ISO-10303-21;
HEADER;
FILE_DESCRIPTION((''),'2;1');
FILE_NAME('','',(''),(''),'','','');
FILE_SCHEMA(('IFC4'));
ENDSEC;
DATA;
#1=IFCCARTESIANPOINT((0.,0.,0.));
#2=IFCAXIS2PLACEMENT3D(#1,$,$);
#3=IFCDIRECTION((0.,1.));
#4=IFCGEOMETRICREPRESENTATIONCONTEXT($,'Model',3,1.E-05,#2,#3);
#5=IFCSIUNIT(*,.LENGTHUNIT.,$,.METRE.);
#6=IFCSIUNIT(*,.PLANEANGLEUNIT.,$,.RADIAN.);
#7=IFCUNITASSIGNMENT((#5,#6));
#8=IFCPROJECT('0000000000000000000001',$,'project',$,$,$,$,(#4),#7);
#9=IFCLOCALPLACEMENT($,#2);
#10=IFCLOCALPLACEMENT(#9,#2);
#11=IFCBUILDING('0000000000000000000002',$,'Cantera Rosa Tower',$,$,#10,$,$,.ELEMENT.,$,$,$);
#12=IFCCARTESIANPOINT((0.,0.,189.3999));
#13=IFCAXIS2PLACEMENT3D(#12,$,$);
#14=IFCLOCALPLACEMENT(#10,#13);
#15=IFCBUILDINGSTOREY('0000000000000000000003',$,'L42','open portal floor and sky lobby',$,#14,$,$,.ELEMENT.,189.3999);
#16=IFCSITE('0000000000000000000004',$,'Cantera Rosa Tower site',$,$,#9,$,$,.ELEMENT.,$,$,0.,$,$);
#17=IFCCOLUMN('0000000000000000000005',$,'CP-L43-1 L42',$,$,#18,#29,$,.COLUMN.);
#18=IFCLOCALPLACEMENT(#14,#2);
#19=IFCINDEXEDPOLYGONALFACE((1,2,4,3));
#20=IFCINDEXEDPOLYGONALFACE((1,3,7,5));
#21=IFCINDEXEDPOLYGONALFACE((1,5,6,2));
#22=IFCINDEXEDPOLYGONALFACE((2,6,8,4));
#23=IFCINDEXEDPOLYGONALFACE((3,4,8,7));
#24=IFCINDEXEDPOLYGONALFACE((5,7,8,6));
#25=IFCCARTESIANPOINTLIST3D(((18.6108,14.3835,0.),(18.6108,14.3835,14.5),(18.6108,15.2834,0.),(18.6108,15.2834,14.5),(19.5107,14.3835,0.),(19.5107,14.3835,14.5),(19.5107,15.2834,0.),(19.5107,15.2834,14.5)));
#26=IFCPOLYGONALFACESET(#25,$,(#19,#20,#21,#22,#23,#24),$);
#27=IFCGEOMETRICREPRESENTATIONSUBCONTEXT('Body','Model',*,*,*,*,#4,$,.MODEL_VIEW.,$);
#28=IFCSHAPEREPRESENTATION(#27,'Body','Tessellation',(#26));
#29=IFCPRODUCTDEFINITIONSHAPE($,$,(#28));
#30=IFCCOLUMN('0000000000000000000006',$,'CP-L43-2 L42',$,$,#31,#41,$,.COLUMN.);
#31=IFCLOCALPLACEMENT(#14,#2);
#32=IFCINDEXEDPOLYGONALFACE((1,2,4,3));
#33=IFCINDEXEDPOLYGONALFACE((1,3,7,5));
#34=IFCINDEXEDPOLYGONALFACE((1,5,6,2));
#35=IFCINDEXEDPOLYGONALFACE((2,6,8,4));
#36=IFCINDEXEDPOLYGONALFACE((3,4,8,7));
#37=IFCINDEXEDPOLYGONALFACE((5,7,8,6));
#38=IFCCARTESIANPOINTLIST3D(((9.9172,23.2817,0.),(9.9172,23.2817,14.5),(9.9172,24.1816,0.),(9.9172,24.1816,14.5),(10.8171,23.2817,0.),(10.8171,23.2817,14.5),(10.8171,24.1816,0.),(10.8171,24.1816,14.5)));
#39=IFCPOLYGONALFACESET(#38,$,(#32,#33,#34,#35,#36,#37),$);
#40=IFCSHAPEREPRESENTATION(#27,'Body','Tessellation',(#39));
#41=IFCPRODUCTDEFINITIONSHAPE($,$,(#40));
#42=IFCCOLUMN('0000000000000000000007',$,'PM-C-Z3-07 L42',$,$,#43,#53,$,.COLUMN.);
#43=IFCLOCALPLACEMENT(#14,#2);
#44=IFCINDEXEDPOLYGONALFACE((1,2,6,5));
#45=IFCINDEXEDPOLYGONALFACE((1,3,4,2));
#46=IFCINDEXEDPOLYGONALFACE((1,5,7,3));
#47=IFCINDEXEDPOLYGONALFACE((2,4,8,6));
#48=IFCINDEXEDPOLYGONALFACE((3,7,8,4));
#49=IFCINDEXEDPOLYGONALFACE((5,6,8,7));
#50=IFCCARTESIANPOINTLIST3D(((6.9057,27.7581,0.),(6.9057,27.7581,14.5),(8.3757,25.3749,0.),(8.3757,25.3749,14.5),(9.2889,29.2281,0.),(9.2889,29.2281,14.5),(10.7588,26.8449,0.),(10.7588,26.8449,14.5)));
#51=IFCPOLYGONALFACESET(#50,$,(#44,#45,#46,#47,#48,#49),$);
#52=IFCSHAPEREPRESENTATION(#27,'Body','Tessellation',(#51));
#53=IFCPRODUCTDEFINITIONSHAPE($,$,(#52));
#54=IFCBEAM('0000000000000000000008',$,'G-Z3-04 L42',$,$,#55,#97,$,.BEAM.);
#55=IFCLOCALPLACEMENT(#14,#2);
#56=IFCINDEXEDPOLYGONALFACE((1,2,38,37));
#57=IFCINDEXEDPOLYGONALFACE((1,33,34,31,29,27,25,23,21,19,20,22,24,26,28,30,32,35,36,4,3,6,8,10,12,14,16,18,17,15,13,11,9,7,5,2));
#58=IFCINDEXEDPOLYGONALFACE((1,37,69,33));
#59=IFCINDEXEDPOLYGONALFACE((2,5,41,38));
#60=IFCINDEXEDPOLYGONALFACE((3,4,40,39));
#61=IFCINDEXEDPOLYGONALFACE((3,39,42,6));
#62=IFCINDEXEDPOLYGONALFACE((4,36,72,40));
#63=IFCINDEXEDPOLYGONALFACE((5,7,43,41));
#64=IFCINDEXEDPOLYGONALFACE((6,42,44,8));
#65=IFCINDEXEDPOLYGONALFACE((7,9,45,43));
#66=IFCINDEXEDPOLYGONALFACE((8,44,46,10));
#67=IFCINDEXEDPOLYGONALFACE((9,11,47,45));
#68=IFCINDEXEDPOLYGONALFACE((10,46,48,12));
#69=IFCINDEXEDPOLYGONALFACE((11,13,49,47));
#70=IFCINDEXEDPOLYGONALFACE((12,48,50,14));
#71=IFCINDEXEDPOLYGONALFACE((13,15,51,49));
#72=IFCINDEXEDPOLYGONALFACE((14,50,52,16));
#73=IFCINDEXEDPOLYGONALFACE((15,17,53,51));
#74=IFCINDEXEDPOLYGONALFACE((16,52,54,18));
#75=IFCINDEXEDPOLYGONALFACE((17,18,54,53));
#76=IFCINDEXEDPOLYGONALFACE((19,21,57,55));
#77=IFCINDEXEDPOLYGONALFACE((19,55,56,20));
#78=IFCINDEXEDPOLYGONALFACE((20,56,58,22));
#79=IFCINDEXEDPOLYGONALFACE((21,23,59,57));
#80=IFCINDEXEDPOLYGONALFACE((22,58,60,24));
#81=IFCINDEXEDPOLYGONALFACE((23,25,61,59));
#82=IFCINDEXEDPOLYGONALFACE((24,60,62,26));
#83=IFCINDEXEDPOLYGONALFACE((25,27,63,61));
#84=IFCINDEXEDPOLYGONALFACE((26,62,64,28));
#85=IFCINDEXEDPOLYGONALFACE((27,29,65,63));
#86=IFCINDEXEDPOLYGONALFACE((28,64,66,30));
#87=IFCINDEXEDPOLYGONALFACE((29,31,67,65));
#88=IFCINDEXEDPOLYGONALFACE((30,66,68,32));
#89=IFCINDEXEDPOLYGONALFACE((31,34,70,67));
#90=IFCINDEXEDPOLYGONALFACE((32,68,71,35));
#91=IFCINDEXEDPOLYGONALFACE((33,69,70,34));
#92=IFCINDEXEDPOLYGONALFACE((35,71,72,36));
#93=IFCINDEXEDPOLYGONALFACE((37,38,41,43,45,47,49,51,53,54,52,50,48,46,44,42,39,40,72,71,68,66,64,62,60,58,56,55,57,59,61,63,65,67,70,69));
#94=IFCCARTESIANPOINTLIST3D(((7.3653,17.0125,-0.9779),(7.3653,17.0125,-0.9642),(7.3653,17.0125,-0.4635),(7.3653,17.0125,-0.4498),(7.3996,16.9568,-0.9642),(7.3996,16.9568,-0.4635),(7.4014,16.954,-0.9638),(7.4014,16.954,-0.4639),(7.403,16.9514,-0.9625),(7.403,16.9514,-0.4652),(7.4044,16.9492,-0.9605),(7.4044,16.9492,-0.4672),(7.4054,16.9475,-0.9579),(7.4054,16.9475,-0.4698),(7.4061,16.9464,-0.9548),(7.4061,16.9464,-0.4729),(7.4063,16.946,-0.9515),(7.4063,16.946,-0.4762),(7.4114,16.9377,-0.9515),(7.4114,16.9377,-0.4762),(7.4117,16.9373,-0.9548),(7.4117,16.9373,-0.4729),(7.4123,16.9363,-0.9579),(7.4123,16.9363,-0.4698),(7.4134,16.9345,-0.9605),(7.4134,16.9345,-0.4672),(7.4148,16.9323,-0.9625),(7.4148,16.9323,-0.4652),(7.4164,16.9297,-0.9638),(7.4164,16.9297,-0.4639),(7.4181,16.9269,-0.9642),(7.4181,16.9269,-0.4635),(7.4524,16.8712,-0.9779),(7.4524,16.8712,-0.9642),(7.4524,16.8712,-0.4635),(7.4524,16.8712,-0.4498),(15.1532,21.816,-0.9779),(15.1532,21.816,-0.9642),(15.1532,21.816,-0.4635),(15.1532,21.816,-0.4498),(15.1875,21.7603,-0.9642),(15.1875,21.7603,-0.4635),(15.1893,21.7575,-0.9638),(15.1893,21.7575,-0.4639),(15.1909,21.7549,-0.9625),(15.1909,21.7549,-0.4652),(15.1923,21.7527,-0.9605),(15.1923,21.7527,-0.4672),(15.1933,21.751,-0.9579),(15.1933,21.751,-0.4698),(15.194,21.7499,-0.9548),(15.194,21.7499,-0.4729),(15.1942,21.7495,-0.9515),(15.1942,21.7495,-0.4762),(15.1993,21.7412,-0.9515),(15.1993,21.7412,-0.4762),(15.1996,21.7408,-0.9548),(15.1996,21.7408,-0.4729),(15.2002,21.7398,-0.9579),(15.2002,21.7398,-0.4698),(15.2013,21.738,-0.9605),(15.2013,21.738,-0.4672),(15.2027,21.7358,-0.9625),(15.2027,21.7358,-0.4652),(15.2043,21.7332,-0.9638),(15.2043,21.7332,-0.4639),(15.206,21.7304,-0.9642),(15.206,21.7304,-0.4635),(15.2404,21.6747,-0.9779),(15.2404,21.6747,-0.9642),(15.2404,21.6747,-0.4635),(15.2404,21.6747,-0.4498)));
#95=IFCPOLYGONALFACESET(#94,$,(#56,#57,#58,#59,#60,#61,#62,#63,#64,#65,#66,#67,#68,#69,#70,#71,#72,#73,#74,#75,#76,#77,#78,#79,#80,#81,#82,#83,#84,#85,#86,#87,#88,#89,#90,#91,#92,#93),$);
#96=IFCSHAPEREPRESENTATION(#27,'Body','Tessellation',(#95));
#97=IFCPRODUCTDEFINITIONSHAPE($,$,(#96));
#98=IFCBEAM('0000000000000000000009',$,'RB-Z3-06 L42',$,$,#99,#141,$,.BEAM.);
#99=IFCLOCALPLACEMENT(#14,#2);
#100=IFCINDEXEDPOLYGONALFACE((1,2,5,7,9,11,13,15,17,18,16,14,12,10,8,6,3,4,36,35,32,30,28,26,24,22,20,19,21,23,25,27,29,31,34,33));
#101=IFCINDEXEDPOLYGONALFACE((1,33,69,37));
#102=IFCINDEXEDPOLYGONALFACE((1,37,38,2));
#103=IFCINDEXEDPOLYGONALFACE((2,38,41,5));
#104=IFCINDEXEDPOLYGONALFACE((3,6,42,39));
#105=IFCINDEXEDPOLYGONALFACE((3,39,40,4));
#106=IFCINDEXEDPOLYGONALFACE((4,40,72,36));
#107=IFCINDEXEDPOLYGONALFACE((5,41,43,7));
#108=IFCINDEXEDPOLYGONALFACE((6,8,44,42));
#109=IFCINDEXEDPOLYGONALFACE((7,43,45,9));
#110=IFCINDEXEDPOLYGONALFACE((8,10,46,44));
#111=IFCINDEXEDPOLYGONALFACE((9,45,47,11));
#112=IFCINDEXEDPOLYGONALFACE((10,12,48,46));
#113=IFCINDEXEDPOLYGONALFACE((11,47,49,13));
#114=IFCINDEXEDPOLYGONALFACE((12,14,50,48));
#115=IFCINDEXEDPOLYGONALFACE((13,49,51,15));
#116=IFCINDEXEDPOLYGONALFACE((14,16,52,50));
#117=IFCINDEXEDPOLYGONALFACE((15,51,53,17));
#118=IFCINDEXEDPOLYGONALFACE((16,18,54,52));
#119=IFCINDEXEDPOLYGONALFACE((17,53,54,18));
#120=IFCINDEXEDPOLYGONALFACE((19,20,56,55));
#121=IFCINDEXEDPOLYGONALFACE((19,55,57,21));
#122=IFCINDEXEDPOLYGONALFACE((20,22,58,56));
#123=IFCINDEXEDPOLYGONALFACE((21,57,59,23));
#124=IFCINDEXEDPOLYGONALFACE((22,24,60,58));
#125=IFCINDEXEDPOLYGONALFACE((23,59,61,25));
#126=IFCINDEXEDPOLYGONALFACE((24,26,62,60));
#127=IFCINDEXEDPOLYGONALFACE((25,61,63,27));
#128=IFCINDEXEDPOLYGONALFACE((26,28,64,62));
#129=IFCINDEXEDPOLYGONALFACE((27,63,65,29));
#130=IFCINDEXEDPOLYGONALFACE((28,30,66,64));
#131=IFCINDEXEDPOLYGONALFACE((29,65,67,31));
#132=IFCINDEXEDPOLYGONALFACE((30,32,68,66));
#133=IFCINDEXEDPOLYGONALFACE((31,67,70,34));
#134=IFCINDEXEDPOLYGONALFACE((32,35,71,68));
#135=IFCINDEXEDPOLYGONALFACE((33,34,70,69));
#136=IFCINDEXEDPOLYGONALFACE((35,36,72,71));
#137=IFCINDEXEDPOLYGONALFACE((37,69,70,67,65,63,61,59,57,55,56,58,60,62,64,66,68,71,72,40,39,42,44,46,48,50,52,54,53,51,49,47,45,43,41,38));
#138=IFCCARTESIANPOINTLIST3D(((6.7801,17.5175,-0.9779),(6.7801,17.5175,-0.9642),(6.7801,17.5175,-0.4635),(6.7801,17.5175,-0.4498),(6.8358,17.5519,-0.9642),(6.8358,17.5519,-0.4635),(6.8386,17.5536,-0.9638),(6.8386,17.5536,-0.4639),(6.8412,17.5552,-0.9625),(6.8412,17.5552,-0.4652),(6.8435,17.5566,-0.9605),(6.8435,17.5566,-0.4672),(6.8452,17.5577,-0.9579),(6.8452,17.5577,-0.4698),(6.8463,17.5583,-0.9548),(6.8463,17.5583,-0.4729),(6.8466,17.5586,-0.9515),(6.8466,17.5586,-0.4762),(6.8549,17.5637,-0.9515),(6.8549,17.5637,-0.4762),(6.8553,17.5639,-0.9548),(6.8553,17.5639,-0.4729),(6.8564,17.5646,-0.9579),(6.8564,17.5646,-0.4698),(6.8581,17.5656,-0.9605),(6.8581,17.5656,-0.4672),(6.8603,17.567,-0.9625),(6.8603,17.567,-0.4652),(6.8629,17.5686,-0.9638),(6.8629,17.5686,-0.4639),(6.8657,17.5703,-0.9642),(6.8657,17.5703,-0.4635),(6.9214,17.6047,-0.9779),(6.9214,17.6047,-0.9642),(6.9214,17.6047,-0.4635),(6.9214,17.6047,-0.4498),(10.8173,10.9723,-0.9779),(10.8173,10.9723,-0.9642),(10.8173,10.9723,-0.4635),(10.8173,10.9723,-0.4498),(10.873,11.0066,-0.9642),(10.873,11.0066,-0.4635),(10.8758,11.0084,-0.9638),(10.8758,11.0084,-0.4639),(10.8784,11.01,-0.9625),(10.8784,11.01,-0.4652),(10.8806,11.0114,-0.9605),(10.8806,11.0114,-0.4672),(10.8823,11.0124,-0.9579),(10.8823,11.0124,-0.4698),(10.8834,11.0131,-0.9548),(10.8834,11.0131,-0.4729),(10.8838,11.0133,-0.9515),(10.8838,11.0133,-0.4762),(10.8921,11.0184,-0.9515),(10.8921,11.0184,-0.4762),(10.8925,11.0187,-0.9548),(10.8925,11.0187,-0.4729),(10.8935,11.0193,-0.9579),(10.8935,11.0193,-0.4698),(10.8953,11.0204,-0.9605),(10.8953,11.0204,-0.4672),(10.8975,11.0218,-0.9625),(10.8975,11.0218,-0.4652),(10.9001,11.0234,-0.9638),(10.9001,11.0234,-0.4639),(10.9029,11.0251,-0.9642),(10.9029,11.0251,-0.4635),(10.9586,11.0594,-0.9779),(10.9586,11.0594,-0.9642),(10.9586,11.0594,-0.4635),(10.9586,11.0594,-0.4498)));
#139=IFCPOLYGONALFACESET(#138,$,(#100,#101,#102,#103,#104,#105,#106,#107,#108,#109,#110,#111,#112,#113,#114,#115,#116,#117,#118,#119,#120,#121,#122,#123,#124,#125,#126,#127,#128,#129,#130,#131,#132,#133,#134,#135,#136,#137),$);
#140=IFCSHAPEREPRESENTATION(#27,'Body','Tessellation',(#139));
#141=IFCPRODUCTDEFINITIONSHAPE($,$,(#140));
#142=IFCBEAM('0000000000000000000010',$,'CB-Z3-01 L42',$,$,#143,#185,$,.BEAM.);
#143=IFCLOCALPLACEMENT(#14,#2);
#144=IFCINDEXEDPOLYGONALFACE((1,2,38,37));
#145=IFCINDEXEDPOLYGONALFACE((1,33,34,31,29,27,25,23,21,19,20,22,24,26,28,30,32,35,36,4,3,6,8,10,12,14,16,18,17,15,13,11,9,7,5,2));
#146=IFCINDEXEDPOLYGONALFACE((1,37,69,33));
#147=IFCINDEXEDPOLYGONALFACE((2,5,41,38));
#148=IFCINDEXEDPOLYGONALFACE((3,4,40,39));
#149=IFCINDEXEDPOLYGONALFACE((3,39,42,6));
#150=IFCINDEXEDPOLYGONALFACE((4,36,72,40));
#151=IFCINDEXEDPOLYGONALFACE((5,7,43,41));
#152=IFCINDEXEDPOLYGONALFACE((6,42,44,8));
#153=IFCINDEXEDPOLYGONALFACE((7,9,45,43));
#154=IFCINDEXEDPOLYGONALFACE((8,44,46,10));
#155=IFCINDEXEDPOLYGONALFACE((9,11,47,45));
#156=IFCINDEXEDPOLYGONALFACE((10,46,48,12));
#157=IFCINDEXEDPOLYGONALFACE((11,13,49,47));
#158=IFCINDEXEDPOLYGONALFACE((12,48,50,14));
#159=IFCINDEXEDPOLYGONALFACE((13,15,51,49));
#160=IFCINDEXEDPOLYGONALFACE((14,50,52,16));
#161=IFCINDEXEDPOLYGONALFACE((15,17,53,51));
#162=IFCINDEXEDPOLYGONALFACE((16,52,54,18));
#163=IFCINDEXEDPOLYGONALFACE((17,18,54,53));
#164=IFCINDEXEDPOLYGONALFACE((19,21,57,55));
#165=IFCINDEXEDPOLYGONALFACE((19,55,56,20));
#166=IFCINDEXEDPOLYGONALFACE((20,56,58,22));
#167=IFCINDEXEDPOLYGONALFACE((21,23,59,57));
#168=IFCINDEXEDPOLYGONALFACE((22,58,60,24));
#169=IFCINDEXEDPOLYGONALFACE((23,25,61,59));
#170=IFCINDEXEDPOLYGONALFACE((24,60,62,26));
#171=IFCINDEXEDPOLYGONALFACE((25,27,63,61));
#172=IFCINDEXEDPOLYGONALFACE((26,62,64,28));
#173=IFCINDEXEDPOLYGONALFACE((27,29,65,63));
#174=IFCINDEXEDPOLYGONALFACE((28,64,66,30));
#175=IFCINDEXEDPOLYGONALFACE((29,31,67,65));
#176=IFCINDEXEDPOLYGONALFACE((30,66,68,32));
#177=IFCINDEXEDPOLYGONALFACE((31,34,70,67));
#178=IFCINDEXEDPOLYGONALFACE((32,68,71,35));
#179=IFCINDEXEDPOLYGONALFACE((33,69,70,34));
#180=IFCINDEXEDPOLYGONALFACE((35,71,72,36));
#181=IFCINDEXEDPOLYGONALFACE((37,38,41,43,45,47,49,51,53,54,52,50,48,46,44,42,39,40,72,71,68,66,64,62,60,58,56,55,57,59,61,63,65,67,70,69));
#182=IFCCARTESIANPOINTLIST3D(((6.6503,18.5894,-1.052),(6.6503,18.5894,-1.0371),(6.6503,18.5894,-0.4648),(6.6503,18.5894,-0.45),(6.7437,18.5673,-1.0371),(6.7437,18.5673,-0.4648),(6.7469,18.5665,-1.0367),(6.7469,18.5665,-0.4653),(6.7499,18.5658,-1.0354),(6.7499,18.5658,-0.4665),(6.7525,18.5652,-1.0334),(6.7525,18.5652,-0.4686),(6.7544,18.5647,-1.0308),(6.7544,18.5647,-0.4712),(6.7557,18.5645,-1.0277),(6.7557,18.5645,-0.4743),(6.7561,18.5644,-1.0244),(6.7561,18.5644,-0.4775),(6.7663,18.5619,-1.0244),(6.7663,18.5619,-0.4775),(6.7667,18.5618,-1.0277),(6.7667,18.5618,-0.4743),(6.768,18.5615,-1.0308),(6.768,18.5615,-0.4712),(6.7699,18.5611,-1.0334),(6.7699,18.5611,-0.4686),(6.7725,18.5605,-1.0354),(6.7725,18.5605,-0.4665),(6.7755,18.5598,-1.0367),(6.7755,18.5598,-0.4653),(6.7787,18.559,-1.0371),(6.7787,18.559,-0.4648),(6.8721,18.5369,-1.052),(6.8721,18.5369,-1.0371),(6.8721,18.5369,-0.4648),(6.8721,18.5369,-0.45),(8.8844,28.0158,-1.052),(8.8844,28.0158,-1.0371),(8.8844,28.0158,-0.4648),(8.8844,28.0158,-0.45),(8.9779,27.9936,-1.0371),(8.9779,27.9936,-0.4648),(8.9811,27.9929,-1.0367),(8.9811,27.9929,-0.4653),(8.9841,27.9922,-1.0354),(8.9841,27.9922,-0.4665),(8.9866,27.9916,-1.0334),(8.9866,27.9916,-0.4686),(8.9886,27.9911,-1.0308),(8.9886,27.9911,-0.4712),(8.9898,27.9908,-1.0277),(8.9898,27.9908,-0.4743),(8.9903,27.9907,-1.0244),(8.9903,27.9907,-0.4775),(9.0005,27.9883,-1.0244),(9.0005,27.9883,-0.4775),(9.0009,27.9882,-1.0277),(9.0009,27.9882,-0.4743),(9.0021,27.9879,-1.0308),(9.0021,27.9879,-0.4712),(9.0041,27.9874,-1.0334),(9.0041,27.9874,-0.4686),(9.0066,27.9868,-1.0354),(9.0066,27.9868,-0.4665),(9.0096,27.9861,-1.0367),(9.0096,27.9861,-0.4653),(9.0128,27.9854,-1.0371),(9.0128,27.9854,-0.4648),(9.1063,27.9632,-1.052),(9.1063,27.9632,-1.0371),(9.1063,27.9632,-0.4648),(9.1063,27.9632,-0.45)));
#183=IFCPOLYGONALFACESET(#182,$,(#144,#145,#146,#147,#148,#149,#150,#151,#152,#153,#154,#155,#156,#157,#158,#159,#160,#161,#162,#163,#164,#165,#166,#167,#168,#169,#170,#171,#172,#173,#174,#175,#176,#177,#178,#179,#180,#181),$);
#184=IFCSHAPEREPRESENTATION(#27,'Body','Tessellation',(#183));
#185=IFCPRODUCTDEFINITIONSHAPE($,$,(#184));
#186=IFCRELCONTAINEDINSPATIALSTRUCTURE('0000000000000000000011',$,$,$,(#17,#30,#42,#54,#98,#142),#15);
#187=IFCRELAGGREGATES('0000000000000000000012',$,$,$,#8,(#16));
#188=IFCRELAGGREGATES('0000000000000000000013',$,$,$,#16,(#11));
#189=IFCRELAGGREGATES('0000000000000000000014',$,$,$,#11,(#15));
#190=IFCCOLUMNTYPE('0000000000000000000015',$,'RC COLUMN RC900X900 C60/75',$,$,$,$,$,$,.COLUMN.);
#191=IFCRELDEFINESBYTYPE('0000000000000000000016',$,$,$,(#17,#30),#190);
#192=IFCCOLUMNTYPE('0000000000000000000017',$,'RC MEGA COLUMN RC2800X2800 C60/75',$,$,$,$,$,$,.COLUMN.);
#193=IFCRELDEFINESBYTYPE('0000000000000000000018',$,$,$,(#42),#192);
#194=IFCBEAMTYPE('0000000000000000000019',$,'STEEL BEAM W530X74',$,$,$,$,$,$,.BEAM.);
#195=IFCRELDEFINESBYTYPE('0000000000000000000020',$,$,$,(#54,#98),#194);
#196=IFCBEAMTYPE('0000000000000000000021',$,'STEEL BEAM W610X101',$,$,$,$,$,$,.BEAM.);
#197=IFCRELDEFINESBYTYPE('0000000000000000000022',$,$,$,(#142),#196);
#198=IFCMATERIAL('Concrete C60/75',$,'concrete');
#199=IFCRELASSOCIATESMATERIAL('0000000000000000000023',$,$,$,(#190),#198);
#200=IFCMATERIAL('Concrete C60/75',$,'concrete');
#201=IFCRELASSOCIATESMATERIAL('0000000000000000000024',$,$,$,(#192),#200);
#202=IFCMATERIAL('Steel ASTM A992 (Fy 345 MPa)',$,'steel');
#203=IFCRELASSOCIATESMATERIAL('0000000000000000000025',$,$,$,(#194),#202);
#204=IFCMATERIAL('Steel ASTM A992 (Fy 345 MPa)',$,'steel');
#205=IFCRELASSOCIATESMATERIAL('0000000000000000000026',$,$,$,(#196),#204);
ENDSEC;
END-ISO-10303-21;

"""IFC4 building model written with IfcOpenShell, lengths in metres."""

from ifc_helpers import new_model, si_unit, direction, frame, origin, origin_2d, place, context, subcontext, project, spatial, rectangle, i_section, extrude, material, material_profile, profile_set, type_object, element, save


model = new_model("IFC4")

# Units and contexts
model_context = context("Model", 3, precision=1e-05, world=origin(), true_north=direction((0.0, 1.0)))
body_context = subcontext(model_context, "Body", "Model", "MODEL_VIEW")
ifc_project = project(units=[si_unit("LENGTHUNIT", "METRE"), si_unit("PLANEANGLEUNIT", "RADIAN")], contexts=[model_context])

# Site, building, storey
site_placement = place(None, origin())
site = spatial("IfcSite", under=ifc_project, at=site_placement, Name="Cantera Rosa Tower site", CompositionType="ELEMENT", RefElevation=0.0)
building_placement = place(site_placement, origin())
building = spatial("IfcBuilding", under=site, at=building_placement, Name="Cantera Rosa Tower", CompositionType="ELEMENT")
storey_placement = place(building_placement, frame((0.0, 0.0, 189.3999)))
storey = spatial("IfcBuildingStorey", under=building, at=storey_placement, Name="L42", Description="open portal floor and sky lobby", CompositionType="ELEMENT", Elevation=189.3999)

# Columns
ifc_material_1 = material(Name="Concrete C60/75", Category="concrete")
ifc_material_profile_1 = material_profile(ifc_material_1, rectangle(XDim=0.8999, YDim=0.8999, at=origin_2d()), Name="RC COLUMN RC900X900 C60/75")
ifc_profile_set_1 = profile_set([ifc_material_profile_1], Name="Concrete C60/75")
column_type_1 = type_object("IfcColumnType", Name="RC COLUMN RC900X900 C60/75", PredefinedType="COLUMN", material=ifc_profile_set_1)
for number, where, z_axis, x_axis, name in (
    (1, (19.0608, 14.8335, 0.0), (0.0, 0.0, 1.0), (1.0, 0.0, 0.0), "CP-L43-1 L42"),
    (2, (10.3672, 23.7317, 0.0), (0.0, 0.0, 1.0), (1.0, 0.0, 0.0), "CP-L43-2 L42"),
):
    element("IfcColumn", number, at=place(storey_placement, frame(where, z_axis=z_axis, x_axis=x_axis)), inside=storey, type_object=column_type_1, Name=name, PredefinedType="COLUMN", context=body_context, shape_type="SweptSolid", body=[
        extrude(rectangle(XDim=0.8999, YDim=0.8999, at=origin_2d()), origin(), (0.0, 0.0, 1.0), 14.5),
    ])
ifc_material_2 = material(Name="Concrete C60/75", Category="concrete")
ifc_material_profile_2 = material_profile(ifc_material_2, rectangle(XDim=2.8, YDim=2.8, at=origin_2d()), Name="RC MEGA COLUMN RC2800X2800 C60/75")
ifc_profile_set_2 = profile_set([ifc_material_profile_2], Name="Concrete C60/75")
column_type_2 = type_object("IfcColumnType", Name="RC MEGA COLUMN RC2800X2800 C60/75", PredefinedType="COLUMN", material=ifc_profile_set_2)
column_placement = place(storey_placement, frame((8.8323, 27.3015, 0.0), z_axis=(0.0, 0.0, 1.0), x_axis=(0.851117, 0.524977, 0.0)))
element("IfcColumn", 3, at=column_placement, inside=storey, type_object=column_type_2, Name="PM-C-Z3-07 L42", PredefinedType="COLUMN", context=body_context, shape_type="SweptSolid", body=[
    extrude(rectangle(XDim=2.8, YDim=2.8, at=origin_2d()), origin(), (0.0, 0.0, 1.0), 14.5),
])

# Beams
ifc_material_3 = material(Name="Steel ASTM A992 (Fy 345 MPa)", Category="steel")
ifc_material_profile_3 = material_profile(ifc_material_3, i_section(OverallWidth=0.166, OverallDepth=0.5281, WebThickness=0.0098, FlangeThickness=0.0137, FilletRadius=0.0127, at=origin_2d()), Name="W530X74")
ifc_profile_set_3 = profile_set([ifc_material_profile_3], Name="Steel ASTM A992 (Fy 345 MPa)")
beam_type_1 = type_object("IfcBeamType", Name="STEEL BEAM W530X74", PredefinedType="BEAM", material=ifc_profile_set_3)
beam_1_placement = place(storey_placement, frame((15.1968, 21.7454, -0.7139), z_axis=(-0.851124, -0.524965, 0.0), x_axis=(0.524965, -0.851124, 0.0)))
element("IfcBeam", 4, at=beam_1_placement, inside=storey, type_object=beam_type_1, Name="G-Z3-04 L42", PredefinedType="BEAM", context=body_context, shape_type="SweptSolid", body=[
    extrude(i_section(OverallWidth=0.166, OverallDepth=0.5281, WebThickness=0.0098, FlangeThickness=0.0137, FilletRadius=0.0127, at=origin_2d()), origin(), (0.0, 0.0, 1.0), 9.1501),
])
beam_2_placement = place(storey_placement, frame((10.8879, 11.0159, -0.7139), z_axis=(-0.524976, 0.851117, 0.0), x_axis=(-0.851117, -0.524976, 0.0)))
element("IfcBeam", 5, at=beam_2_placement, inside=storey, type_object=beam_type_1, Name="RB-Z3-06 L42", PredefinedType="BEAM", context=body_context, shape_type="SweptSolid", body=[
    extrude(i_section(OverallWidth=0.166, OverallDepth=0.5281, WebThickness=0.0098, FlangeThickness=0.0137, FilletRadius=0.0127, at=origin_2d()), origin(), (0.0, 0.0, 1.0), 7.6902),
])
ifc_material_4 = material(Name="Steel ASTM A992 (Fy 345 MPa)", Category="steel")
ifc_material_profile_4 = material_profile(ifc_material_4, i_section(OverallWidth=0.228, OverallDepth=0.6021, WebThickness=0.0105, FlangeThickness=0.0149, FilletRadius=0.0127, at=origin_2d()), Name="W610X101")
ifc_profile_set_4 = profile_set([ifc_material_profile_4], Name="Steel ASTM A992 (Fy 345 MPa)")
beam_type_2 = type_object("IfcBeamType", Name="STEEL BEAM W610X101", PredefinedType="BEAM", material=ifc_profile_set_4)
beam_3_placement = place(storey_placement, frame((8.9954, 27.9895, -0.751), z_axis=(-0.230622, -0.973043, 0.0), x_axis=(0.973043, -0.230622, 0.0)))
element("IfcBeam", 6, at=beam_3_placement, inside=storey, type_object=beam_type_2, Name="CB-Z3-01 L42", PredefinedType="BEAM", context=body_context, shape_type="SweptSolid", body=[
    extrude(i_section(OverallWidth=0.228, OverallDepth=0.6021, WebThickness=0.0105, FlangeThickness=0.0149, FilletRadius=0.0127, at=origin_2d()), origin(), (0.0, 0.0, 1.0), 9.6875),
])

save(model, "model.ifc")
